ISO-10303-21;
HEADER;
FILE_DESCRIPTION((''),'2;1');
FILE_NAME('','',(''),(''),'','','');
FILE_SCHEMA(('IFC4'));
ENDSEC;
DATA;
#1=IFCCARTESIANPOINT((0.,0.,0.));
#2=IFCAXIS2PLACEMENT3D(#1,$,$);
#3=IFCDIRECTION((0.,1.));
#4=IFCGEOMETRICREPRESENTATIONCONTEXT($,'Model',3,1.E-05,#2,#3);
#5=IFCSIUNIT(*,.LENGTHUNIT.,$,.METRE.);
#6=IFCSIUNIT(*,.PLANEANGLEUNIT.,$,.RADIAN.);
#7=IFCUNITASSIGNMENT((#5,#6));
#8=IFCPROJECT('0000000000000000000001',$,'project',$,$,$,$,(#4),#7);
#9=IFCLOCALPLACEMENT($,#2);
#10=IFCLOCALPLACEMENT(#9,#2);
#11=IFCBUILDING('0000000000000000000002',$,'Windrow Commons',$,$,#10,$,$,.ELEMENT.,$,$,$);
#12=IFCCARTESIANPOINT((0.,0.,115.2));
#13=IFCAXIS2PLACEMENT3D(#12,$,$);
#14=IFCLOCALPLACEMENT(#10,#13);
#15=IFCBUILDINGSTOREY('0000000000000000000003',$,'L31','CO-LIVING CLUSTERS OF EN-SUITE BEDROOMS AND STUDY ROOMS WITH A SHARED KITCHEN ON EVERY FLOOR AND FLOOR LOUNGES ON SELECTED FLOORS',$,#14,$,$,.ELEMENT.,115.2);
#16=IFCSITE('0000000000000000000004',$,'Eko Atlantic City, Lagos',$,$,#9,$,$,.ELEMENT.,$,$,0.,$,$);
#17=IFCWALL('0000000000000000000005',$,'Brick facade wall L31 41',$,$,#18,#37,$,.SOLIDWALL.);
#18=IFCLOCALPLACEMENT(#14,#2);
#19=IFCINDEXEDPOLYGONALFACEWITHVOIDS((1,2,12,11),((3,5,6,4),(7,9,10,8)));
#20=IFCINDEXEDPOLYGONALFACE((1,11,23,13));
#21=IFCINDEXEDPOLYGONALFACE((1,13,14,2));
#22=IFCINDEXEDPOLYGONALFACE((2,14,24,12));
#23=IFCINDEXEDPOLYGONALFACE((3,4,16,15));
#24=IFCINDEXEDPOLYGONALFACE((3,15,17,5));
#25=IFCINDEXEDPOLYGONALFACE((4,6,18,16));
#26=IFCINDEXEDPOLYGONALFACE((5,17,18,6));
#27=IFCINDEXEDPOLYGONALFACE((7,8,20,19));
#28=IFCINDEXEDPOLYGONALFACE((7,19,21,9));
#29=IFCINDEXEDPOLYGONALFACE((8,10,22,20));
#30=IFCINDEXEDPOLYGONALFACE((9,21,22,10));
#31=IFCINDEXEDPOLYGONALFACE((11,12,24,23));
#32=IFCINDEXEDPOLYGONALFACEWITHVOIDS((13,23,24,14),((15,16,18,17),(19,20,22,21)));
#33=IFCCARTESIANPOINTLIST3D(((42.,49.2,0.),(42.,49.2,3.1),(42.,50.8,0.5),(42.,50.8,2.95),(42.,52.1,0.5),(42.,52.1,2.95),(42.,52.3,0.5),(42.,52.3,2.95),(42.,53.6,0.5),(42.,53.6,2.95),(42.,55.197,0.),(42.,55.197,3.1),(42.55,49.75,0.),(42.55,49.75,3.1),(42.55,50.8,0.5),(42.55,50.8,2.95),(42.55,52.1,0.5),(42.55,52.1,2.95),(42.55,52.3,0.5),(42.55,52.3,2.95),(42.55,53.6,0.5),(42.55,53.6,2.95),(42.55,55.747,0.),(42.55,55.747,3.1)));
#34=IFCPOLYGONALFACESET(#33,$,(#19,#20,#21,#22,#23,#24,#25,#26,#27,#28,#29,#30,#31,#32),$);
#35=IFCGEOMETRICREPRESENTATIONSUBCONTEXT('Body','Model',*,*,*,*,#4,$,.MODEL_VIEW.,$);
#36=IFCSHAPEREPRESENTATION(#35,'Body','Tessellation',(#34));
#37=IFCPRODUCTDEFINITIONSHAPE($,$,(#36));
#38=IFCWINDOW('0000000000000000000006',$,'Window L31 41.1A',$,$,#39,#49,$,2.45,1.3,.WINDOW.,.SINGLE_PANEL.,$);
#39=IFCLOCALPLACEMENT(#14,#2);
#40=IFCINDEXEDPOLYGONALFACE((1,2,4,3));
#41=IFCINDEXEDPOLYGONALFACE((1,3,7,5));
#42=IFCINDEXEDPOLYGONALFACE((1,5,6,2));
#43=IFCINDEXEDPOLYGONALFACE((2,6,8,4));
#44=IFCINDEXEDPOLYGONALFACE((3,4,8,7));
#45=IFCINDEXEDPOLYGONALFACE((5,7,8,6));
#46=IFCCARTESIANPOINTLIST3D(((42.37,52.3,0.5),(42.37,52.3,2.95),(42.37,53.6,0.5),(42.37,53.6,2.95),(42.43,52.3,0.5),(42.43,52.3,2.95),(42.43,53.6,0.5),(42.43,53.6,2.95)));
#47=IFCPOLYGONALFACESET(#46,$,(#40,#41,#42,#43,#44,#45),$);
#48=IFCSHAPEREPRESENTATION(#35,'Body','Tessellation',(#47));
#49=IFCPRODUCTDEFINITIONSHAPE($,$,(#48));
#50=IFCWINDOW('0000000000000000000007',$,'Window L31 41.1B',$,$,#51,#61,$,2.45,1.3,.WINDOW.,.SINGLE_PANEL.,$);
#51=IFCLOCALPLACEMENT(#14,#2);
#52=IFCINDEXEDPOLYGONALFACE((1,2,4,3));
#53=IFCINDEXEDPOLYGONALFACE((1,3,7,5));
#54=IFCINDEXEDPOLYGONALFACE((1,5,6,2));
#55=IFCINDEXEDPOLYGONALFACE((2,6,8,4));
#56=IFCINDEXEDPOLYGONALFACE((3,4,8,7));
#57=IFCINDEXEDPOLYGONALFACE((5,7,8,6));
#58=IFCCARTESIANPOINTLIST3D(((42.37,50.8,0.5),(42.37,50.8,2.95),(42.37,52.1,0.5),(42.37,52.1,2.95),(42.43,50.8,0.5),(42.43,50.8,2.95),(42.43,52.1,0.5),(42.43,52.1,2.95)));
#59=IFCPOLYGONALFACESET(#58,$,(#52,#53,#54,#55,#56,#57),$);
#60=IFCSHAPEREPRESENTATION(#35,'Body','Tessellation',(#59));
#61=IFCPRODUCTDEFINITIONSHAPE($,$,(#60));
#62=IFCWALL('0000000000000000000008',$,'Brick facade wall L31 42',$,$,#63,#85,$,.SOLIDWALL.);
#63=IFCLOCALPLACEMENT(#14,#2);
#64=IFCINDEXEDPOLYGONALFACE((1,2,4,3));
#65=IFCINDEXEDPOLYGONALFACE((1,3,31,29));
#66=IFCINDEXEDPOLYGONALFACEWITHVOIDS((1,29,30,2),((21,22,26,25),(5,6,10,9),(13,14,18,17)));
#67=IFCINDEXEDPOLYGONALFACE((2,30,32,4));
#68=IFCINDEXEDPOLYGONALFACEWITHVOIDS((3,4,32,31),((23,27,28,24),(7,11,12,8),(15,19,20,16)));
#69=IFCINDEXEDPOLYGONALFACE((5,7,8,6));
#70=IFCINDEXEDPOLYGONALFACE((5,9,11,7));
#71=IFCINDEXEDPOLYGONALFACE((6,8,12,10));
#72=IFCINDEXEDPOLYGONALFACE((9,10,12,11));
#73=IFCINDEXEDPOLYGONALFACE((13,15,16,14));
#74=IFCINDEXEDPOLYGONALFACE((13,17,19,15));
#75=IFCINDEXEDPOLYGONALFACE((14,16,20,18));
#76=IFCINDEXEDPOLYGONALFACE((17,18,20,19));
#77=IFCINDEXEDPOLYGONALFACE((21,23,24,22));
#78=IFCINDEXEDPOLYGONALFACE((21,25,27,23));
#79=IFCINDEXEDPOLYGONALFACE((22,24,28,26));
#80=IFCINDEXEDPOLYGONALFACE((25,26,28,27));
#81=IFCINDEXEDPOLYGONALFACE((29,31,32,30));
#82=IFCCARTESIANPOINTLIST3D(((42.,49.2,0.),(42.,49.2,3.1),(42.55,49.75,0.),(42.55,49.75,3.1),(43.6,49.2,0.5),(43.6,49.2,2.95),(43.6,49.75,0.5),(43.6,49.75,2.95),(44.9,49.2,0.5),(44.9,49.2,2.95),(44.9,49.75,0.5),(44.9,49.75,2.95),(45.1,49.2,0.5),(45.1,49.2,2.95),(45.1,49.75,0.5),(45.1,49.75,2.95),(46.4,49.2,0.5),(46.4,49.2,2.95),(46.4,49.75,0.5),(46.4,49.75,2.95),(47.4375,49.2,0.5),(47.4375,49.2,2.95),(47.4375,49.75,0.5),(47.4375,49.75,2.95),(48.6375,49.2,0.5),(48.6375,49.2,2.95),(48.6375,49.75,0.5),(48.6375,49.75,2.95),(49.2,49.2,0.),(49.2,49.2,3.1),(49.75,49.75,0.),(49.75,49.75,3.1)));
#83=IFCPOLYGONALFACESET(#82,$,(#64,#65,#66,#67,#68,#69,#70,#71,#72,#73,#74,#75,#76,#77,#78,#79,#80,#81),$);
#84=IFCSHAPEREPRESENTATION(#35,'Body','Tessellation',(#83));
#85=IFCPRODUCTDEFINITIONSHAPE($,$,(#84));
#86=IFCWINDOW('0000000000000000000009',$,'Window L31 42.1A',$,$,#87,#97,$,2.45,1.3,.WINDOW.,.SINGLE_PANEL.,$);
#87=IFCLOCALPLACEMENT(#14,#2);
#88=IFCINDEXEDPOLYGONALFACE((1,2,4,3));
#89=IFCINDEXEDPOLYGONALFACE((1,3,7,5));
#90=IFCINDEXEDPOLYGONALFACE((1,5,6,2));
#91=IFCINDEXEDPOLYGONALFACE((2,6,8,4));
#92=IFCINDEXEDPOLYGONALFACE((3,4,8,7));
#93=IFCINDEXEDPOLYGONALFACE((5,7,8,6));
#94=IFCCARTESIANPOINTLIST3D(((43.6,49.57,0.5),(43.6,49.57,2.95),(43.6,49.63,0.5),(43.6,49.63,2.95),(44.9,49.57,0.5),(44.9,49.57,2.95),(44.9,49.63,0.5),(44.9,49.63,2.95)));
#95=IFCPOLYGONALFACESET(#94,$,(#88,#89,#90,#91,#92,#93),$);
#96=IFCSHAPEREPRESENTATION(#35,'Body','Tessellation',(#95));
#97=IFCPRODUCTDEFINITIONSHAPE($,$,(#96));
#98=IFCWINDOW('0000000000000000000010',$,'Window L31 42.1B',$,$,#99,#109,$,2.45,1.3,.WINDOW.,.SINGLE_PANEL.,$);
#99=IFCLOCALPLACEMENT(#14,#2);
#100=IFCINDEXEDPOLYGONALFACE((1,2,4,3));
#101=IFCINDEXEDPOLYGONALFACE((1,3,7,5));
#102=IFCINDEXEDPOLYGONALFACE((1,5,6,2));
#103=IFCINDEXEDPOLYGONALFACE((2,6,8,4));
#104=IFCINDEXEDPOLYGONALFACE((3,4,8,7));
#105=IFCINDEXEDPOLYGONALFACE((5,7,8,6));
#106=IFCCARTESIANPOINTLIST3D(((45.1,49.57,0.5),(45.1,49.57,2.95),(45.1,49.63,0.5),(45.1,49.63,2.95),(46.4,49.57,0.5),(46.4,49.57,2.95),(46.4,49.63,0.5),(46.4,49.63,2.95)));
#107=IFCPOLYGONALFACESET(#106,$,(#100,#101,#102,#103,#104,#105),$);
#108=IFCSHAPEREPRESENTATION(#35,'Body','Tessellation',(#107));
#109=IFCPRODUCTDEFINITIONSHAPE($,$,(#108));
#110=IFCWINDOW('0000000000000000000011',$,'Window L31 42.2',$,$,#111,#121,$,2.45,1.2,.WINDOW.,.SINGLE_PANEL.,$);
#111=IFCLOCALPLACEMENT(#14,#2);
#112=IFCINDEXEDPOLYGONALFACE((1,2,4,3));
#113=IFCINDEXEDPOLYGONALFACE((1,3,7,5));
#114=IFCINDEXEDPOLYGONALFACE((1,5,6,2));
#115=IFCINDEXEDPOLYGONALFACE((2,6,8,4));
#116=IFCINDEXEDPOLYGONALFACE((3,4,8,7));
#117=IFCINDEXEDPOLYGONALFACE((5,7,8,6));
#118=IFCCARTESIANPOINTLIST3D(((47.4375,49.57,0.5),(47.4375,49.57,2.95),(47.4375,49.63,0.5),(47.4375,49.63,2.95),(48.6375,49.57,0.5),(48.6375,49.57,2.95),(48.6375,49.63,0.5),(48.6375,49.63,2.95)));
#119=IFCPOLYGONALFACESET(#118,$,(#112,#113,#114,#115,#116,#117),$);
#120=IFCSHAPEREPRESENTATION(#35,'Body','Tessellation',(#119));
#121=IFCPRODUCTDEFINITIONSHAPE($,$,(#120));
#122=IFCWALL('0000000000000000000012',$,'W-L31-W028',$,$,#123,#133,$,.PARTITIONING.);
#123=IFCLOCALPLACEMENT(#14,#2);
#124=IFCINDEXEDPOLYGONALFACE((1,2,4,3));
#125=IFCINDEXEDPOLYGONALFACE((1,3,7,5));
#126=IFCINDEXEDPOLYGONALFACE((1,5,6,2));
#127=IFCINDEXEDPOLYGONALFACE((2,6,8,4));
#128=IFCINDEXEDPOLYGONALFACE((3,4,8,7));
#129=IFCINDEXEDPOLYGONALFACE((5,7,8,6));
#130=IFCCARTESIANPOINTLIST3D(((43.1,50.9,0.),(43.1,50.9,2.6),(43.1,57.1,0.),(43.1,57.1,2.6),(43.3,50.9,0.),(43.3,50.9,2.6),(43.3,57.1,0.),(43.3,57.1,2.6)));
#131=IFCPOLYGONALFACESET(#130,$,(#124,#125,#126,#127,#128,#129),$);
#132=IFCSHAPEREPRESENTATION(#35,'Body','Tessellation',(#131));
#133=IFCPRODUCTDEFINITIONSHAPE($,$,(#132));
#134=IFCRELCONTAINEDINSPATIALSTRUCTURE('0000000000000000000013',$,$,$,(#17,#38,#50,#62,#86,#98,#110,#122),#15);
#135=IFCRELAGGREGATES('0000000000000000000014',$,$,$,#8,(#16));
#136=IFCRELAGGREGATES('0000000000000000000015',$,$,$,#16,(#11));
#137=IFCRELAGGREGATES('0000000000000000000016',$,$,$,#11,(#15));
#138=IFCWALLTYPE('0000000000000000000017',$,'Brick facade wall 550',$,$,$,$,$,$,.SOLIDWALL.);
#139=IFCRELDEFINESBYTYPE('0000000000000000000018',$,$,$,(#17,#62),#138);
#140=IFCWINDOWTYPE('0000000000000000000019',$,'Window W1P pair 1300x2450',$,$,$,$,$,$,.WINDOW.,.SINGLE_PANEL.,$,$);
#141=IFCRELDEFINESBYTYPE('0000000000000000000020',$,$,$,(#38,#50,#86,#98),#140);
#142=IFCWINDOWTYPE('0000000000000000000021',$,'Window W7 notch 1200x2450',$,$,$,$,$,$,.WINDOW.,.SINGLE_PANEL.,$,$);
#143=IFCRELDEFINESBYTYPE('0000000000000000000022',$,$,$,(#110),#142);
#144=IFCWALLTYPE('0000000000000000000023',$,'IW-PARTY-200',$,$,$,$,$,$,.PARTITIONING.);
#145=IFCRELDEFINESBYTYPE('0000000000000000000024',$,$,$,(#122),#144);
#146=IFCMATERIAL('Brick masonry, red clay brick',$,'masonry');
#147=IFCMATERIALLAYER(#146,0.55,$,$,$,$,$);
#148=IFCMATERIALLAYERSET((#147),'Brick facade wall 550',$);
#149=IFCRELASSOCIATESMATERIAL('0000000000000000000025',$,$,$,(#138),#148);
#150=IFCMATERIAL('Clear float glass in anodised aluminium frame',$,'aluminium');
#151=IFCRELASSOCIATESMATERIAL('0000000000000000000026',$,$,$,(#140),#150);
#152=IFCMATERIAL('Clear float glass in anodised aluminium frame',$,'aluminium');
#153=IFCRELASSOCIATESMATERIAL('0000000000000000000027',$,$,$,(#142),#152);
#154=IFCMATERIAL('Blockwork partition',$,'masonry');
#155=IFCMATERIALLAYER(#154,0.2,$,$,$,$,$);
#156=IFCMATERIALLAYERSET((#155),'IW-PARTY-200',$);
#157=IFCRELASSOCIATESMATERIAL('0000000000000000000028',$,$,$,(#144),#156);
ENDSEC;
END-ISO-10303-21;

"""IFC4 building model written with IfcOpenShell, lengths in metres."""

from ifc_helpers import new_model, si_unit, direction, frame, frame_2d, origin, place, context, subcontext, project, spatial, polyline, rectangle, outline, extrude, material, layer, layer_set, type_object, element, fill, save


model = new_model("IFC4")

# Units and contexts
model_context = context("Model", 3, precision=1e-05, world=origin(), true_north=direction((0.0, 1.0)))
body_context = subcontext(model_context, "Body", "Model", "MODEL_VIEW")
ifc_project = project(units=[si_unit("LENGTHUNIT", "METRE"), si_unit("PLANEANGLEUNIT", "RADIAN")], contexts=[model_context])

# Site, building, storey
site_placement = place(None, origin())
site = spatial("IfcSite", under=ifc_project, at=site_placement, Name="Eko Atlantic City, Lagos", CompositionType="ELEMENT", RefElevation=0.0)
building_placement = place(site_placement, origin())
building = spatial("IfcBuilding", under=site, at=building_placement, Name="Windrow Commons", CompositionType="ELEMENT")
storey_placement = place(building_placement, frame((0.0, 0.0, 115.2)))
storey = spatial("IfcBuildingStorey", under=building, at=storey_placement, Name="L31", Description="CO-LIVING CLUSTERS OF EN-SUITE BEDROOMS AND STUDY ROOMS WITH A SHARED KITCHEN ON EVERY FLOOR AND FLOOR LOUNGES ON SELECTED FLOORS", CompositionType="ELEMENT", Elevation=115.2)

# Walls, openings, windows
ifc_material_1 = material(Name="Brick masonry, red clay brick", Category="masonry")
ifc_layer_1 = layer(ifc_material_1, 0.55)
ifc_layer_set_1 = layer_set([ifc_layer_1], Name="Brick facade wall 550")
wall_type_1 = type_object("IfcWallType", Name="Brick facade wall 550", PredefinedType="SOLIDWALL", material=ifc_layer_set_1)
ifc_material_2 = material(Name="Clear float glass in anodised aluminium frame", Category="aluminium")
window_type_1 = type_object("IfcWindowType", Name="Window W1P pair 1300x2450", PartitioningType="SINGLE_PANEL", PredefinedType="WINDOW", material=ifc_material_2)
ifc_material_3 = material(Name="Clear float glass in anodised aluminium frame", Category="aluminium")
window_type_2 = type_object("IfcWindowType", Name="Window W7 notch 1200x2450", PartitioningType="SINGLE_PANEL", PredefinedType="WINDOW", material=ifc_material_3)
wall_1_placement = place(storey_placement, frame((42.275, 55.472, 0.0), z_axis=(0.0, 0.0, 1.0), x_axis=(0.0, -1.0, 0.0)))
wall_1 = element("IfcWall", 1, at=wall_1_placement, inside=storey, type_object=wall_type_1, Name="Brick facade wall L31 41", PredefinedType="SOLIDWALL", context=body_context, shape_type="SweptSolid", body=[
    extrude(outline(polyline([(0.275, -0.275), (6.272, -0.275), (5.722, 0.275), (-0.275, 0.275), (0.275, -0.275)])), origin(), (0.0, 0.0, 1.0), 3.1),
])
opening_1_placement = place(wall_1_placement, frame((1.872, 0.0, 0.5)))
opening_1 = element("IfcOpeningElement", 2, at=opening_1_placement, cuts=wall_1, PredefinedType="OPENING", context=body_context, shape_type="SweptSolid", body=[
    extrude(rectangle(XDim=1.3, YDim=2.45, at=frame_2d((0.65, 1.225))), frame((0.0, 0.285, 0.0), z_axis=(0.0, -1.0, 0.0), x_axis=(1.0, 0.0, 0.0)), (0.0, 0.0, 1.0), 0.57),
])
opening_2_placement = place(wall_1_placement, frame((3.372, 0.0, 0.5)))
opening_2 = element("IfcOpeningElement", 3, at=opening_2_placement, cuts=wall_1, PredefinedType="OPENING", context=body_context, shape_type="SweptSolid", body=[
    extrude(rectangle(XDim=1.3, YDim=2.45, at=frame_2d((0.65, 1.225))), frame((0.0, 0.285, 0.0), z_axis=(0.0, -1.0, 0.0), x_axis=(1.0, 0.0, 0.0)), (0.0, 0.0, 1.0), 0.57),
])
window_1_placement = place(opening_1_placement, origin())
window_1 = element("IfcWindow", 4, at=window_1_placement, inside=storey, type_object=window_type_1, Name="Window L31 41.1A", OverallHeight=2.45, OverallWidth=1.3, PartitioningType="SINGLE_PANEL", PredefinedType="WINDOW", context=body_context, shape_type="SweptSolid", body=[
    extrude(rectangle(XDim=1.3, YDim=2.45, at=frame_2d((0.65, 1.225))), frame((0.0, 0.155, 0.0), z_axis=(0.0, -1.0, 0.0), x_axis=(1.0, 0.0, 0.0)), (0.0, 0.0, 1.0), 0.06),
])
fill(opening_1, window_1)
window_2_placement = place(opening_2_placement, origin())
window_2 = element("IfcWindow", 5, at=window_2_placement, inside=storey, type_object=window_type_1, Name="Window L31 41.1B", OverallHeight=2.45, OverallWidth=1.3, PartitioningType="SINGLE_PANEL", PredefinedType="WINDOW", context=body_context, shape_type="SweptSolid", body=[
    extrude(rectangle(XDim=1.3, YDim=2.45, at=frame_2d((0.65, 1.225))), frame((0.0, 0.155, 0.0), z_axis=(0.0, -1.0, 0.0), x_axis=(1.0, 0.0, 0.0)), (0.0, 0.0, 1.0), 0.06),
])
fill(opening_2, window_2)
wall_2_placement = place(storey_placement, frame((42.275, 49.475, 0.0), z_axis=(0.0, 0.0, 1.0), x_axis=(1.0, 0.0, 0.0)))
wall_2 = element("IfcWall", 6, at=wall_2_placement, inside=storey, type_object=wall_type_1, Name="Brick facade wall L31 42", PredefinedType="SOLIDWALL", context=body_context, shape_type="SweptSolid", body=[
    extrude(outline(polyline([(-0.275, -0.275), (6.925, -0.275), (7.475, 0.275), (0.275, 0.275), (-0.275, -0.275)])), origin(), (0.0, 0.0, 1.0), 3.1),
])
opening_3_placement = place(wall_2_placement, frame((1.325, 0.0, 0.5)))
opening_3 = element("IfcOpeningElement", 7, at=opening_3_placement, cuts=wall_2, PredefinedType="OPENING", context=body_context, shape_type="SweptSolid", body=[
    extrude(rectangle(XDim=1.3, YDim=2.45, at=frame_2d((0.65, 1.225))), frame((0.0, 0.285, 0.0), z_axis=(0.0, -1.0, 0.0), x_axis=(1.0, 0.0, 0.0)), (0.0, 0.0, 1.0), 0.57),
])
opening_4_placement = place(wall_2_placement, frame((2.825, 0.0, 0.5)))
opening_4 = element("IfcOpeningElement", 8, at=opening_4_placement, cuts=wall_2, PredefinedType="OPENING", context=body_context, shape_type="SweptSolid", body=[
    extrude(rectangle(XDim=1.3, YDim=2.45, at=frame_2d((0.65, 1.225))), frame((0.0, 0.285, 0.0), z_axis=(0.0, -1.0, 0.0), x_axis=(1.0, 0.0, 0.0)), (0.0, 0.0, 1.0), 0.57),
])
opening_5_placement = place(wall_2_placement, frame((5.1625, 0.0, 0.5)))
opening_5 = element("IfcOpeningElement", 9, at=opening_5_placement, cuts=wall_2, PredefinedType="OPENING", context=body_context, shape_type="SweptSolid", body=[
    extrude(rectangle(XDim=1.2, YDim=2.45, at=frame_2d((0.6, 1.225))), frame((0.0, 0.285, 0.0), z_axis=(0.0, -1.0, 0.0), x_axis=(1.0, 0.0, 0.0)), (0.0, 0.0, 1.0), 0.57),
])
window_3_placement = place(opening_3_placement, origin())
window_3 = element("IfcWindow", 10, at=window_3_placement, inside=storey, type_object=window_type_1, Name="Window L31 42.1A", OverallHeight=2.45, OverallWidth=1.3, PartitioningType="SINGLE_PANEL", PredefinedType="WINDOW", context=body_context, shape_type="SweptSolid", body=[
    extrude(rectangle(XDim=1.3, YDim=2.45, at=frame_2d((0.65, 1.225))), frame((0.0, 0.155, 0.0), z_axis=(0.0, -1.0, 0.0), x_axis=(1.0, 0.0, 0.0)), (0.0, 0.0, 1.0), 0.06),
])
fill(opening_3, window_3)
window_4_placement = place(opening_4_placement, origin())
window_4 = element("IfcWindow", 11, at=window_4_placement, inside=storey, type_object=window_type_1, Name="Window L31 42.1B", OverallHeight=2.45, OverallWidth=1.3, PartitioningType="SINGLE_PANEL", PredefinedType="WINDOW", context=body_context, shape_type="SweptSolid", body=[
    extrude(rectangle(XDim=1.3, YDim=2.45, at=frame_2d((0.65, 1.225))), frame((0.0, 0.155, 0.0), z_axis=(0.0, -1.0, 0.0), x_axis=(1.0, 0.0, 0.0)), (0.0, 0.0, 1.0), 0.06),
])
fill(opening_4, window_4)
window_5_placement = place(opening_5_placement, origin())
window_5 = element("IfcWindow", 12, at=window_5_placement, inside=storey, type_object=window_type_2, Name="Window L31 42.2", OverallHeight=2.45, OverallWidth=1.2, PartitioningType="SINGLE_PANEL", PredefinedType="WINDOW", context=body_context, shape_type="SweptSolid", body=[
    extrude(rectangle(XDim=1.2, YDim=2.45, at=frame_2d((0.6, 1.225))), frame((0.0, 0.155, 0.0), z_axis=(0.0, -1.0, 0.0), x_axis=(1.0, 0.0, 0.0)), (0.0, 0.0, 1.0), 0.06),
])
fill(opening_5, window_5)

# Wall
ifc_material_4 = material(Name="Blockwork partition", Category="masonry")
ifc_layer_2 = layer(ifc_material_4, 0.2)
ifc_layer_set_2 = layer_set([ifc_layer_2], Name="IW-PARTY-200")
wall_type_2 = type_object("IfcWallType", Name="IW-PARTY-200", PredefinedType="PARTITIONING", material=ifc_layer_set_2)
wall_3_placement = place(storey_placement, frame((43.2, 50.9, 0.0), z_axis=(0.0, 0.0, 1.0), x_axis=(0.0, 1.0, 0.0)))
element("IfcWall", 13, at=wall_3_placement, inside=storey, type_object=wall_type_2, Name="W-L31-W028", PredefinedType="PARTITIONING", context=body_context, shape_type="SweptSolid", body=[
    extrude(rectangle(XDim=6.2, YDim=0.2, at=frame_2d((3.1, 0.0))), origin(), (0.0, 0.0, 1.0), 2.6),
])

save(model, "model.ifc")
